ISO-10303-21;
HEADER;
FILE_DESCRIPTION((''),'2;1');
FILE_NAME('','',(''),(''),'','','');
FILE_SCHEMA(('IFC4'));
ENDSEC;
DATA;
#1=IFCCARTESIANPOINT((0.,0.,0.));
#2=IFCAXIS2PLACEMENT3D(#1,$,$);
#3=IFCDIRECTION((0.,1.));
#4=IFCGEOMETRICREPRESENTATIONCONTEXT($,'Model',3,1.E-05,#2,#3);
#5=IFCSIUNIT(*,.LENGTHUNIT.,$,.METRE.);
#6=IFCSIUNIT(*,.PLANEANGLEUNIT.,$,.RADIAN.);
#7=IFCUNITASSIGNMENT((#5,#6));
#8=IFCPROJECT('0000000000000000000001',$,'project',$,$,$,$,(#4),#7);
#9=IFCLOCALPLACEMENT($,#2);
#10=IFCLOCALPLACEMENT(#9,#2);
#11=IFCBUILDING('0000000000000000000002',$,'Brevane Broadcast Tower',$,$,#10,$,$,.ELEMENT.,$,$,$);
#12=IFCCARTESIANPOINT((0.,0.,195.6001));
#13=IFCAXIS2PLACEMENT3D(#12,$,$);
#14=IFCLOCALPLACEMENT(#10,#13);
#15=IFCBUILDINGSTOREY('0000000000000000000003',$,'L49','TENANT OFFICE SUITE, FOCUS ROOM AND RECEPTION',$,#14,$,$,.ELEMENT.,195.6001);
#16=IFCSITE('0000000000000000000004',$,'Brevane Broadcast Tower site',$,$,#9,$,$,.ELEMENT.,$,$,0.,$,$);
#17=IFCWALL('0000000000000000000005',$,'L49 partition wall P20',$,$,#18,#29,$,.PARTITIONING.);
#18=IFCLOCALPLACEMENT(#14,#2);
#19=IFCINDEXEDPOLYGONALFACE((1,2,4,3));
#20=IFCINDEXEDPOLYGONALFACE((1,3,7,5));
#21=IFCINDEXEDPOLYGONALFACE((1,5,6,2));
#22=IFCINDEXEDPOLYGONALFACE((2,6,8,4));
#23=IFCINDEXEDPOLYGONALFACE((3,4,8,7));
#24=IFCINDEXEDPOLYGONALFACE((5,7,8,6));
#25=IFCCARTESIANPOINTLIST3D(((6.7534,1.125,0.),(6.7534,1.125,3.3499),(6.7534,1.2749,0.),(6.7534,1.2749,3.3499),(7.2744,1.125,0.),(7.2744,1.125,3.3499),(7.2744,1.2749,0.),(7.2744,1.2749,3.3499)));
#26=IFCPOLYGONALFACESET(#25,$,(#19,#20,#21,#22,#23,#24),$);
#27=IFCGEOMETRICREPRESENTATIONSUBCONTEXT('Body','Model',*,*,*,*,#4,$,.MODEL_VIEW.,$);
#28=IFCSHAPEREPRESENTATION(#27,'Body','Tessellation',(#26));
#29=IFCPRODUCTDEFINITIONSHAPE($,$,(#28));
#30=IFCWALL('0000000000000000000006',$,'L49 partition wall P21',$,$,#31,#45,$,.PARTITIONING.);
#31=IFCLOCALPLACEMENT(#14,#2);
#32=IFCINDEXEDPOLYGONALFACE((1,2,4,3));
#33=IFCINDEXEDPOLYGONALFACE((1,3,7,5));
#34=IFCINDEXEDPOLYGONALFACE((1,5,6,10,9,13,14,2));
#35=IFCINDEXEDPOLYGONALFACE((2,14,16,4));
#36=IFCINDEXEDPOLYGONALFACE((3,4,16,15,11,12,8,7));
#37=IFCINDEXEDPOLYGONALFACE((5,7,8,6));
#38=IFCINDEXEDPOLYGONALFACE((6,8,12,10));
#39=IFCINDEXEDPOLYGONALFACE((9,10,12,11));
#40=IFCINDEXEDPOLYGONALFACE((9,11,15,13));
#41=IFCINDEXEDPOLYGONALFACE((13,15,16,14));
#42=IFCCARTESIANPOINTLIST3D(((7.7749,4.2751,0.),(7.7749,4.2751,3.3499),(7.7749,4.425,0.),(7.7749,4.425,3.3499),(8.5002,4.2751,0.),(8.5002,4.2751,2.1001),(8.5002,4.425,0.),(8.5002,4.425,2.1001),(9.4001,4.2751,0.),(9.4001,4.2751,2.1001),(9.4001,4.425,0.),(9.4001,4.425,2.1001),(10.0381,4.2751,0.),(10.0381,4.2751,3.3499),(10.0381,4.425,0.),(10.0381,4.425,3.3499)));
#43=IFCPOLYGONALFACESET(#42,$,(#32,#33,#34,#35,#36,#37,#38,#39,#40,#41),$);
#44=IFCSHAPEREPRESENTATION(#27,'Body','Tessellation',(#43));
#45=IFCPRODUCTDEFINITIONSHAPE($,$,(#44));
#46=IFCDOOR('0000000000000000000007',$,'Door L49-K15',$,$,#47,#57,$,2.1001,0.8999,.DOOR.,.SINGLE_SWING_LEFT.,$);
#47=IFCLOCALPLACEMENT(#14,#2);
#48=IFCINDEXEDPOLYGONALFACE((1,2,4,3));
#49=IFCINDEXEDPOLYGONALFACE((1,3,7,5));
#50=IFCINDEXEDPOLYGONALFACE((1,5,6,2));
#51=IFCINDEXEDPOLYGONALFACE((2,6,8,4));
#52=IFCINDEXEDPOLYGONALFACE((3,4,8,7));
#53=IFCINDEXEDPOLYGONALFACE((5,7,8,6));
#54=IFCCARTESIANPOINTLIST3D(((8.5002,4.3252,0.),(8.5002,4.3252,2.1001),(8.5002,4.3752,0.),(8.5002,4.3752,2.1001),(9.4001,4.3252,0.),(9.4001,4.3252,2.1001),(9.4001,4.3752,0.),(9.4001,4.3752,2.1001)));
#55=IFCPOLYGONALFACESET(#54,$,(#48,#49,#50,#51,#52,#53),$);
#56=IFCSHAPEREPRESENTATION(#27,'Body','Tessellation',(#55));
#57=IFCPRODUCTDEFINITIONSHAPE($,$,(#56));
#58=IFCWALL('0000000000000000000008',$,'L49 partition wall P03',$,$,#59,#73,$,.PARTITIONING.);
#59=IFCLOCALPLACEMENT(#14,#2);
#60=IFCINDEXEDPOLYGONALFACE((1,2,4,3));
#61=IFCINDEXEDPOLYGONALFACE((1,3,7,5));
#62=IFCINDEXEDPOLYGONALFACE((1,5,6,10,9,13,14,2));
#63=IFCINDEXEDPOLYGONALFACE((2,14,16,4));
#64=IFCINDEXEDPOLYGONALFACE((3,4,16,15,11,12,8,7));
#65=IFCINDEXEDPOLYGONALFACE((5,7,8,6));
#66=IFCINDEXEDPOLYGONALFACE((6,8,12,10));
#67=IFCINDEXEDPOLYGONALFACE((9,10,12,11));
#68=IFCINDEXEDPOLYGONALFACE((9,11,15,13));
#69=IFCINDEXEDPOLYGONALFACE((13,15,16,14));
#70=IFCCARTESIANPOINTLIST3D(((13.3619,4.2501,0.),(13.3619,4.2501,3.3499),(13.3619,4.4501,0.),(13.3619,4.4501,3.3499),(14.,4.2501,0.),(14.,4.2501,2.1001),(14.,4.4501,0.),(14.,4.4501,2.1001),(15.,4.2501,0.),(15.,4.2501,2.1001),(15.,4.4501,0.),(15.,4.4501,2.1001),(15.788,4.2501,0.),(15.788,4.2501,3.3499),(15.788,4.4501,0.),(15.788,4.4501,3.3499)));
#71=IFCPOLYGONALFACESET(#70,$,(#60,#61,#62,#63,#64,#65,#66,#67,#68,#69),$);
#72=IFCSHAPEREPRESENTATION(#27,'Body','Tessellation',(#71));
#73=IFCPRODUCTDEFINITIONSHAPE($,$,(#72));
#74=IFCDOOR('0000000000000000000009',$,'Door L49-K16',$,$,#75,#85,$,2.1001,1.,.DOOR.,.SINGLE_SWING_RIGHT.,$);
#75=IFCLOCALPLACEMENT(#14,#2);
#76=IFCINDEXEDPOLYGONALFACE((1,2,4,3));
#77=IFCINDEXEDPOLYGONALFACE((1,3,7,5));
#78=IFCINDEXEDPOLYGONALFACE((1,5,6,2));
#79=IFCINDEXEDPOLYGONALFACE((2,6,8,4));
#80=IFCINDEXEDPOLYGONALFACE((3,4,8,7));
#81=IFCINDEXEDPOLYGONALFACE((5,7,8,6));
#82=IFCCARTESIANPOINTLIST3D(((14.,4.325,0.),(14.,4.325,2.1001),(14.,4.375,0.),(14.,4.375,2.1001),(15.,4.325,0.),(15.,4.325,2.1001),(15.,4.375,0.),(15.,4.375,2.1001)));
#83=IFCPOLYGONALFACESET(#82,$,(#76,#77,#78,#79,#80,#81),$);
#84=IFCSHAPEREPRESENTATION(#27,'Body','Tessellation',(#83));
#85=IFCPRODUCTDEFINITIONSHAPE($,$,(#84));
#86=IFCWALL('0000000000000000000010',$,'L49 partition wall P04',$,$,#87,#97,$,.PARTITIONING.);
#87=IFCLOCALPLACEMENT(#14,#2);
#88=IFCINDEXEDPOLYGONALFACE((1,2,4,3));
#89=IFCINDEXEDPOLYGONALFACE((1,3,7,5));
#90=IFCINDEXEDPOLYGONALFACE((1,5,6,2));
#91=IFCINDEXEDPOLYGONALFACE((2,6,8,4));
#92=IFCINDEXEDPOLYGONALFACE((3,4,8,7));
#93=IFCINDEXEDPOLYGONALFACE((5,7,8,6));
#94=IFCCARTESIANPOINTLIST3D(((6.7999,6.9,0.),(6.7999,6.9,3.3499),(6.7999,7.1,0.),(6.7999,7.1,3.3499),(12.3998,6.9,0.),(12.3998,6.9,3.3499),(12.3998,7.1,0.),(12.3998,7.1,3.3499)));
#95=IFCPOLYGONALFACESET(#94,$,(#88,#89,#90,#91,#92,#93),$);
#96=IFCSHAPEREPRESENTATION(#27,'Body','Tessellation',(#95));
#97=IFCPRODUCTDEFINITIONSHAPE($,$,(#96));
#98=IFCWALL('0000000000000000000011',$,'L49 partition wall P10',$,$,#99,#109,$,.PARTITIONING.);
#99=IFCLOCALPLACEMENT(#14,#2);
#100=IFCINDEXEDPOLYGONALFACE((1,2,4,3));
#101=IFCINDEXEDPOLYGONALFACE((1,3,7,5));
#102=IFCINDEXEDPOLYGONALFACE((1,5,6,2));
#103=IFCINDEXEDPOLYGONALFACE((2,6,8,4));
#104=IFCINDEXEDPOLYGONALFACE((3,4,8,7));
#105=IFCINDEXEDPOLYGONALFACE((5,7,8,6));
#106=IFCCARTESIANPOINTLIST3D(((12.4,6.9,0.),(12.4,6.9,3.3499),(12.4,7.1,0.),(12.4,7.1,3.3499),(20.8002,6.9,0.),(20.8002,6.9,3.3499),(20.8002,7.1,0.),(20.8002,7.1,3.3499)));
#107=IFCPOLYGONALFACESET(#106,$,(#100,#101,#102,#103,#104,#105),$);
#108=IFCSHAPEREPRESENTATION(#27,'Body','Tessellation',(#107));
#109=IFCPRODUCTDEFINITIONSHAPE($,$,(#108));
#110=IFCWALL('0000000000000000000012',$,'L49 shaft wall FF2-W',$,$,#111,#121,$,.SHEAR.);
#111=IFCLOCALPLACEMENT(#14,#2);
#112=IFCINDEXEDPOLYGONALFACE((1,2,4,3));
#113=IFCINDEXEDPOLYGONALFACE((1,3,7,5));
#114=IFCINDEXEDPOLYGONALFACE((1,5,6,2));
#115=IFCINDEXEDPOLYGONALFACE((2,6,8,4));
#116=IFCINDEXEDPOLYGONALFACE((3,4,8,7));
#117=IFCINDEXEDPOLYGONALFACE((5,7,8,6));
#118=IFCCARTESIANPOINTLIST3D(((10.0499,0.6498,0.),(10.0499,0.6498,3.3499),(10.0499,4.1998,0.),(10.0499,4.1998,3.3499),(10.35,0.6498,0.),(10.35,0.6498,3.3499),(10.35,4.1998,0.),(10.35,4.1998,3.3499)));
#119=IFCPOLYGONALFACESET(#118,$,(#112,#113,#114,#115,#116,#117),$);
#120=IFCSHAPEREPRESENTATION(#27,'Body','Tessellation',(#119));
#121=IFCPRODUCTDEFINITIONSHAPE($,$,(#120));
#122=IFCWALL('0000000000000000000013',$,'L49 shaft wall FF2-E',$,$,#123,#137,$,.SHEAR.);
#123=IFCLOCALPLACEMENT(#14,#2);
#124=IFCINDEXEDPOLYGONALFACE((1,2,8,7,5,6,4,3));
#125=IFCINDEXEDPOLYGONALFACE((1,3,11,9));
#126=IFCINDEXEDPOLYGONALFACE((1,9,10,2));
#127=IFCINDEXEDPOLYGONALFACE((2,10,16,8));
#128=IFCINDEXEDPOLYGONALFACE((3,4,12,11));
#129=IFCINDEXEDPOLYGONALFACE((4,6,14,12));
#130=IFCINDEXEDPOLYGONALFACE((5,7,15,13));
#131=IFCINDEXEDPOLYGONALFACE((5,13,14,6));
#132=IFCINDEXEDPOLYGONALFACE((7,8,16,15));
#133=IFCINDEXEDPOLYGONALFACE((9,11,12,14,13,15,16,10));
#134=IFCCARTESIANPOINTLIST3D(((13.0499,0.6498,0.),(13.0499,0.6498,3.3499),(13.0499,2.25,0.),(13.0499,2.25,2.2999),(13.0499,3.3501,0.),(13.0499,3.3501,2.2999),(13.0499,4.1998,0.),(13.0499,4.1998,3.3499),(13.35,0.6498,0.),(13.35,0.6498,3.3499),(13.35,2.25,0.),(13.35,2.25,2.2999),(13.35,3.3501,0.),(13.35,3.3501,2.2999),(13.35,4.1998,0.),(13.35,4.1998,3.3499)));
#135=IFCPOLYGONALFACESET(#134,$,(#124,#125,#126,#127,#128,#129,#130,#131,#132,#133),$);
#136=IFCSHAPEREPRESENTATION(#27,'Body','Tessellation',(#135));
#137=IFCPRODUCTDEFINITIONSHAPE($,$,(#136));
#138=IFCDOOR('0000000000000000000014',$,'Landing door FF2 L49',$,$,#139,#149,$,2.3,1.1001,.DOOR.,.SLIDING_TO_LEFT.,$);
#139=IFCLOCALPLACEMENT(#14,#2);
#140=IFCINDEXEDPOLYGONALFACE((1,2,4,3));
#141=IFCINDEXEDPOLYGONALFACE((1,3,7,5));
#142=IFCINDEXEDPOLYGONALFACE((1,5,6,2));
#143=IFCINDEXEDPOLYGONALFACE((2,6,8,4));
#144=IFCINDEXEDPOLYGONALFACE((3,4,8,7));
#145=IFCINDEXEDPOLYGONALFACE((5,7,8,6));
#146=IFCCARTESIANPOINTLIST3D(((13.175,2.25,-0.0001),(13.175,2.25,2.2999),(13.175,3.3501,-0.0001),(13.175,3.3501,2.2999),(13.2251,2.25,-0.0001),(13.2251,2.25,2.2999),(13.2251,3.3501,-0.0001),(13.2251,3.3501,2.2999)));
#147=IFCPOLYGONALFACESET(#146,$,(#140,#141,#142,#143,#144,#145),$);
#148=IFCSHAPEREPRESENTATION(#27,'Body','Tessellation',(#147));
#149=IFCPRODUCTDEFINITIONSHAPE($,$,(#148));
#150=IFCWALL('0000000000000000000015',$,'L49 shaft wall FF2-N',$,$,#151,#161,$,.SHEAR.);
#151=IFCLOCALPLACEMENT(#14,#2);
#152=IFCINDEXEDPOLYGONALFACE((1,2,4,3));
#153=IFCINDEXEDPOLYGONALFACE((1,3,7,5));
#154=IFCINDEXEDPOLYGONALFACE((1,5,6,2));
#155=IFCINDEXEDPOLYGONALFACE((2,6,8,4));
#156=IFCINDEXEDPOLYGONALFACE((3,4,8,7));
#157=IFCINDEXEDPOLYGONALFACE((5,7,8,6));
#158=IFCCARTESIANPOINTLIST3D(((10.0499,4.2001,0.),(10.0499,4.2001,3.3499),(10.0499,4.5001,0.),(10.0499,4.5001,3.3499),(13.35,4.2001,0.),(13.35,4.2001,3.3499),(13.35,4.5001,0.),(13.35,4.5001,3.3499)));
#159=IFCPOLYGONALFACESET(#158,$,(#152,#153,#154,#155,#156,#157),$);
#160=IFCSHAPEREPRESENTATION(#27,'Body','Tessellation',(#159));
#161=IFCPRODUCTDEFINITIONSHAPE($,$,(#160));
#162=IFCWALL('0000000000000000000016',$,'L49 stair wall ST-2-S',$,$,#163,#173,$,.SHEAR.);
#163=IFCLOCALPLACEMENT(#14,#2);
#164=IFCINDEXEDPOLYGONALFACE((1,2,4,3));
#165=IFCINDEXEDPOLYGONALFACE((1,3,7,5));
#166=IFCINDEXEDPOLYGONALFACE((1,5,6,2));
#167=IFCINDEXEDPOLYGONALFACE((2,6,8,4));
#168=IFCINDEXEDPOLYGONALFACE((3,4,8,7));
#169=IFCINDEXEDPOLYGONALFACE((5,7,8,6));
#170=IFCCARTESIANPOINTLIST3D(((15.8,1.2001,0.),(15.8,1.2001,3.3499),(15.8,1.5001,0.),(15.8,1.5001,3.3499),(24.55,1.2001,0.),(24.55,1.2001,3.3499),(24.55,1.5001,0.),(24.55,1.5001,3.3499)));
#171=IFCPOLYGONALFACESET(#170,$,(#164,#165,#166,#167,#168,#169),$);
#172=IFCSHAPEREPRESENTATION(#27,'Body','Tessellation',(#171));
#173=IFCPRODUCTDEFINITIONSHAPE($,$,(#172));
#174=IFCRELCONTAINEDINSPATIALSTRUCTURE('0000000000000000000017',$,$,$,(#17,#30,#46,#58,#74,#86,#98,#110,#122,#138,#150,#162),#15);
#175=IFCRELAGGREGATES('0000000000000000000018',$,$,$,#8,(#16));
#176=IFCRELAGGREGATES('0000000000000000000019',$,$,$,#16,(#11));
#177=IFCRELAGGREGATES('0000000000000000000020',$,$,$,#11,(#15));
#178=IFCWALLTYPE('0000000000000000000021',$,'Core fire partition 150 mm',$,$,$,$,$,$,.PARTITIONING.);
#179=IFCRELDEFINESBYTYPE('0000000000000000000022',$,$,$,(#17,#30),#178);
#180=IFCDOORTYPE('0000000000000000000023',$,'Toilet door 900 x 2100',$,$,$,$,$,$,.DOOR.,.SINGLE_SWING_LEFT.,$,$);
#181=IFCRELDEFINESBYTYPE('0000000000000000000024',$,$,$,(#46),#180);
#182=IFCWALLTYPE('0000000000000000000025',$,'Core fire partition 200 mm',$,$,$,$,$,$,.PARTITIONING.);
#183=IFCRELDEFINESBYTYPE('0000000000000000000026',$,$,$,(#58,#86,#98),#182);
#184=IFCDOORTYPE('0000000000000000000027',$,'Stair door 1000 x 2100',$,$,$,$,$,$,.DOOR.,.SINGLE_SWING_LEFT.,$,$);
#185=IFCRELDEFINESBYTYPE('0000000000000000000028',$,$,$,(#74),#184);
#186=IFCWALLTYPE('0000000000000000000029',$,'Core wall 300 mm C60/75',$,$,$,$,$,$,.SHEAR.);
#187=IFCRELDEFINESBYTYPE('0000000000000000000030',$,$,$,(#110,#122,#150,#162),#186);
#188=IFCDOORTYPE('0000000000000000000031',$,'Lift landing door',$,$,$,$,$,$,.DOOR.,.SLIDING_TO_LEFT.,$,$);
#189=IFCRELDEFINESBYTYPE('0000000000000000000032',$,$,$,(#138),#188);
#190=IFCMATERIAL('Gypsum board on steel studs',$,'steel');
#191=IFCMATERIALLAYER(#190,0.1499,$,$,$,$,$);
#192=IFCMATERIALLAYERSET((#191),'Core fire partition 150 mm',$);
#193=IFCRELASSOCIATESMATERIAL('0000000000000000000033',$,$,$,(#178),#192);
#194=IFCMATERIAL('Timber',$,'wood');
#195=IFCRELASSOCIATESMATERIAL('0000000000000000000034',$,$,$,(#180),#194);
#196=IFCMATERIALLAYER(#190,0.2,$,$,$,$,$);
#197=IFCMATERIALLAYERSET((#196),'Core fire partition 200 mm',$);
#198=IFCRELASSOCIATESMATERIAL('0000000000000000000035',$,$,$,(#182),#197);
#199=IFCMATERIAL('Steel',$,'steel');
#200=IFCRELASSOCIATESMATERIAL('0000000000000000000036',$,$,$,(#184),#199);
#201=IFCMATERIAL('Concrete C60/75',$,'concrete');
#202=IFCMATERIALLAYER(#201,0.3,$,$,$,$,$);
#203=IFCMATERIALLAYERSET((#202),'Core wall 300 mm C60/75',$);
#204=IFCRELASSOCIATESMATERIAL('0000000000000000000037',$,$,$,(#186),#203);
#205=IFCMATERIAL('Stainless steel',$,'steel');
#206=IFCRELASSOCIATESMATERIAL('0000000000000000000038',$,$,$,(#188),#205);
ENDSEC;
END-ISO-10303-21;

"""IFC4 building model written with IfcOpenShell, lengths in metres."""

from ifc_helpers import new_model, si_unit, direction, frame, frame_2d, origin, place, context, subcontext, project, spatial, rectangle, extrude, material, layer, layer_set, type_object, element, fill, save


model = new_model("IFC4")

# Units and contexts
model_context = context("Model", 3, precision=1e-05, world=origin(), true_north=direction((0.0, 1.0)))
body_context = subcontext(model_context, "Body", "Model", "MODEL_VIEW")
ifc_project = project(units=[si_unit("LENGTHUNIT", "METRE"), si_unit("PLANEANGLEUNIT", "RADIAN")], contexts=[model_context])

# Site, building, storey
site_placement = place(None, origin())
site = spatial("IfcSite", under=ifc_project, at=site_placement, Name="Brevane Broadcast Tower site", CompositionType="ELEMENT", RefElevation=0.0)
building_placement = place(site_placement, origin())
building = spatial("IfcBuilding", under=site, at=building_placement, Name="Brevane Broadcast Tower", CompositionType="ELEMENT")
storey_placement = place(building_placement, frame((0.0, 0.0, 195.6001)))
storey = spatial("IfcBuildingStorey", under=building, at=storey_placement, Name="L49", Description="TENANT OFFICE SUITE, FOCUS ROOM AND RECEPTION", CompositionType="ELEMENT", Elevation=195.6001)

# Shared definitions
ifc_material_1 = material(Name="Gypsum board on steel studs", Category="steel")
ifc_layer_1 = layer(ifc_material_1, 0.1499)
ifc_layer_set_1 = layer_set([ifc_layer_1], Name="Core fire partition 150 mm")
wall_type_1 = type_object("IfcWallType", Name="Core fire partition 150 mm", PredefinedType="PARTITIONING", material=ifc_layer_set_1)

# Shared definitions
ifc_material_2 = material(Name="Timber", Category="wood")
door_type_1 = type_object("IfcDoorType", Name="Toilet door 900 x 2100", OperationType="SINGLE_SWING_LEFT", PredefinedType="DOOR", material=ifc_material_2)

# Wall
wall_1_placement = place(storey_placement, frame((7.2744, 1.2, 0.0), z_axis=(0.0, 0.0, 1.0), x_axis=(-1.0, 0.0, 0.0)))
element("IfcWall", 1, at=wall_1_placement, inside=storey, type_object=wall_type_1, Name="L49 partition wall P20", PredefinedType="PARTITIONING", context=body_context, shape_type="SweptSolid", body=[
    extrude(rectangle(XDim=0.521, YDim=0.1499, at=frame_2d((0.2605, 0.0))), origin(), (0.0, 0.0, 1.0), 3.3499),
])

# Walls, openings, doors
wall_2_placement = place(storey_placement, frame((10.0381, 4.3501, 0.0), z_axis=(0.0, 0.0, 1.0), x_axis=(-1.0, 0.0, 0.0)))
wall_2 = element("IfcWall", 2, at=wall_2_placement, inside=storey, type_object=wall_type_1, Name="L49 partition wall P21", PredefinedType="PARTITIONING", context=body_context, shape_type="SweptSolid", body=[
    extrude(rectangle(XDim=2.2632, YDim=0.1499, at=frame_2d((1.1316, 0.0))), origin(), (0.0, 0.0, 1.0), 3.3499),
])
opening_1_placement = place(wall_2_placement, frame((0.6379, 0.0, 0.0)))
opening_1 = element("IfcOpeningElement", 3, at=opening_1_placement, cuts=wall_2, PredefinedType="OPENING", context=body_context, shape_type="SweptSolid", body=[
    extrude(rectangle(XDim=0.8999, YDim=2.1001, at=frame_2d((0.45, 1.05))), frame((0.0, 0.085, 0.0), z_axis=(0.0, -1.0, 0.0), x_axis=(1.0, 0.0, 0.0)), (0.0, 0.0, 1.0), 0.1699),
])
door_1_placement = place(opening_1_placement, origin())
door_1 = element("IfcDoor", 4, at=door_1_placement, inside=storey, type_object=door_type_1, Name="Door L49-K15", OperationType="SINGLE_SWING_LEFT", OverallHeight=2.1001, OverallWidth=0.8999, PredefinedType="DOOR", context=body_context, shape_type="SweptSolid", body=[
    extrude(rectangle(XDim=0.8999, YDim=2.1001, at=frame_2d((0.45, 1.05))), frame((0.0, 0.0249, 0.0), z_axis=(0.0, -1.0, 0.0), x_axis=(1.0, 0.0, 0.0)), (0.0, 0.0, 1.0), 0.05),
])
fill(opening_1, door_1)
ifc_layer_2 = layer(ifc_material_1, 0.2)
ifc_layer_set_2 = layer_set([ifc_layer_2], Name="Core fire partition 200 mm")
wall_type_2 = type_object("IfcWallType", Name="Core fire partition 200 mm", PredefinedType="PARTITIONING", material=ifc_layer_set_2)
wall_3_placement = place(storey_placement, frame((13.3621, 4.3501, 0.0), z_axis=(0.0, 0.0, 1.0), x_axis=(1.0, 0.0, 0.0)))
wall_3 = element("IfcWall", 5, at=wall_3_placement, inside=storey, type_object=wall_type_2, Name="L49 partition wall P03", PredefinedType="PARTITIONING", context=body_context, shape_type="SweptSolid", body=[
    extrude(rectangle(XDim=2.426, YDim=0.2, at=frame_2d((1.2129, 0.0))), origin(), (0.0, 0.0, 1.0), 3.3499),
])
opening_2_placement = place(wall_3_placement, frame((0.6379, 0.0, 0.0)))
opening_2 = element("IfcOpeningElement", 6, at=opening_2_placement, cuts=wall_3, PredefinedType="OPENING", context=body_context, shape_type="SweptSolid", body=[
    extrude(rectangle(XDim=1.0, YDim=2.1001, at=frame_2d((0.5, 1.05))), frame((0.0, 0.1099, 0.0), z_axis=(0.0, -1.0, 0.0), x_axis=(1.0, 0.0, 0.0)), (0.0, 0.0, 1.0), 0.22),
])
ifc_material_3 = material(Name="Steel", Category="steel")
door_type_2 = type_object("IfcDoorType", Name="Stair door 1000 x 2100", OperationType="SINGLE_SWING_LEFT", PredefinedType="DOOR", material=ifc_material_3)
door_2_placement = place(opening_2_placement, origin())
door_2 = element("IfcDoor", 7, at=door_2_placement, inside=storey, type_object=door_type_2, Name="Door L49-K16", OperationType="SINGLE_SWING_RIGHT", OverallHeight=2.1001, OverallWidth=1.0, PredefinedType="DOOR", context=body_context, shape_type="SweptSolid", body=[
    extrude(rectangle(XDim=1.0, YDim=2.1001, at=frame_2d((0.5, 1.05))), frame((0.0, 0.0249, 0.0), z_axis=(0.0, -1.0, 0.0), x_axis=(1.0, 0.0, 0.0)), (0.0, 0.0, 1.0), 0.05),
])
fill(opening_2, door_2)

# Walls
wall_4_placement = place(storey_placement, frame((6.8, 7.0, 0.0), z_axis=(0.0, 0.0, 1.0), x_axis=(1.0, 0.0, 0.0)))
element("IfcWall", 8, at=wall_4_placement, inside=storey, type_object=wall_type_2, Name="L49 partition wall P04", PredefinedType="PARTITIONING", context=body_context, shape_type="SweptSolid", body=[
    extrude(rectangle(XDim=5.5999, YDim=0.2, at=frame_2d((2.7998, 0.0))), origin(), (0.0, 0.0, 1.0), 3.3499),
])
wall_5_placement = place(storey_placement, frame((12.3999, 7.0, 0.0), z_axis=(0.0, 0.0, 1.0), x_axis=(1.0, 0.0, 0.0)))
element("IfcWall", 9, at=wall_5_placement, inside=storey, type_object=wall_type_2, Name="L49 partition wall P10", PredefinedType="PARTITIONING", context=body_context, shape_type="SweptSolid", body=[
    extrude(rectangle(XDim=8.4001, YDim=0.2, at=frame_2d((4.2002, 0.0))), origin(), (0.0, 0.0, 1.0), 3.3499),
])
ifc_material_4 = material(Name="Concrete C60/75", Category="concrete")
ifc_layer_3 = layer(ifc_material_4, 0.3)
ifc_layer_set_3 = layer_set([ifc_layer_3], Name="Core wall 300 mm C60/75")
wall_type_3 = type_object("IfcWallType", Name="Core wall 300 mm C60/75", PredefinedType="SHEAR", material=ifc_layer_set_3)
wall_6_placement = place(storey_placement, frame((10.2, 0.6499, 0.0), z_axis=(0.0, 0.0, 1.0), x_axis=(0.0, 1.0, 0.0)))
element("IfcWall", 10, at=wall_6_placement, inside=storey, type_object=wall_type_3, Name="L49 shaft wall FF2-W", PredefinedType="SHEAR", context=body_context, shape_type="SweptSolid", body=[
    extrude(rectangle(XDim=3.55, YDim=0.3, at=frame_2d((1.7749, 0.0))), origin(), (0.0, 0.0, 1.0), 3.3499),
])

# Wall, opening, door
wall_7_placement = place(storey_placement, frame((13.2, 0.6499, 0.0), z_axis=(0.0, 0.0, 1.0), x_axis=(0.0, 1.0, 0.0)))
wall_7 = element("IfcWall", 11, at=wall_7_placement, inside=storey, type_object=wall_type_3, Name="L49 shaft wall FF2-E", PredefinedType="SHEAR", context=body_context, shape_type="SweptSolid", body=[
    extrude(rectangle(XDim=3.55, YDim=0.3, at=frame_2d((1.7749, 0.0))), origin(), (0.0, 0.0, 1.0), 3.3499),
])
opening_3_placement = place(wall_7_placement, frame((1.6001, 0.0, 0.0)))
opening_3 = element("IfcOpeningElement", 12, at=opening_3_placement, cuts=wall_7, PredefinedType="OPENING", context=body_context, shape_type="SweptSolid", body=[
    extrude(rectangle(XDim=1.1001, YDim=2.3, at=frame_2d((0.55, 1.1499))), frame((0.0, 0.1599, 0.0), z_axis=(0.0, -1.0, 0.0), x_axis=(1.0, 0.0, 0.0)), (0.0, 0.0, 1.0), 0.3201),
])
ifc_material_5 = material(Name="Stainless steel", Category="steel")
door_type_3 = type_object("IfcDoorType", Name="Lift landing door", OperationType="SLIDING_TO_LEFT", PredefinedType="DOOR", material=ifc_material_5)
door_3_placement = place(opening_3_placement, origin())
door_3 = element("IfcDoor", 13, at=door_3_placement, inside=storey, type_object=door_type_3, Name="Landing door FF2 L49", OperationType="SLIDING_TO_LEFT", OverallHeight=2.3, OverallWidth=1.1001, PredefinedType="DOOR", context=body_context, shape_type="SweptSolid", body=[
    extrude(rectangle(XDim=1.1001, YDim=2.3, at=frame_2d((0.55, 1.1499))), frame((0.0, 0.0249, 0.0), z_axis=(0.0, -1.0, 0.0), x_axis=(1.0, 0.0, 0.0)), (0.0, 0.0, 1.0), 0.05),
])
fill(opening_3, door_3)

# Walls
wall_8_placement = place(storey_placement, frame((10.05, 4.3501, 0.0), z_axis=(0.0, 0.0, 1.0), x_axis=(1.0, 0.0, 0.0)))
element("IfcWall", 14, at=wall_8_placement, inside=storey, type_object=wall_type_3, Name="L49 shaft wall FF2-N", PredefinedType="SHEAR", context=body_context, shape_type="SweptSolid", body=[
    extrude(rectangle(XDim=3.3, YDim=0.3, at=frame_2d((1.6499, 0.0))), origin(), (0.0, 0.0, 1.0), 3.3499),
])
wall_9_placement = place(storey_placement, frame((15.8, 1.3501, 0.0), z_axis=(0.0, 0.0, 1.0), x_axis=(1.0, 0.0, 0.0)))
element("IfcWall", 15, at=wall_9_placement, inside=storey, type_object=wall_type_3, Name="L49 stair wall ST-2-S", PredefinedType="SHEAR", context=body_context, shape_type="SweptSolid", body=[
    extrude(rectangle(XDim=8.75, YDim=0.3, at=frame_2d((4.375, 0.0))), origin(), (0.0, 0.0, 1.0), 3.3499),
])

save(model, "model.ifc")
